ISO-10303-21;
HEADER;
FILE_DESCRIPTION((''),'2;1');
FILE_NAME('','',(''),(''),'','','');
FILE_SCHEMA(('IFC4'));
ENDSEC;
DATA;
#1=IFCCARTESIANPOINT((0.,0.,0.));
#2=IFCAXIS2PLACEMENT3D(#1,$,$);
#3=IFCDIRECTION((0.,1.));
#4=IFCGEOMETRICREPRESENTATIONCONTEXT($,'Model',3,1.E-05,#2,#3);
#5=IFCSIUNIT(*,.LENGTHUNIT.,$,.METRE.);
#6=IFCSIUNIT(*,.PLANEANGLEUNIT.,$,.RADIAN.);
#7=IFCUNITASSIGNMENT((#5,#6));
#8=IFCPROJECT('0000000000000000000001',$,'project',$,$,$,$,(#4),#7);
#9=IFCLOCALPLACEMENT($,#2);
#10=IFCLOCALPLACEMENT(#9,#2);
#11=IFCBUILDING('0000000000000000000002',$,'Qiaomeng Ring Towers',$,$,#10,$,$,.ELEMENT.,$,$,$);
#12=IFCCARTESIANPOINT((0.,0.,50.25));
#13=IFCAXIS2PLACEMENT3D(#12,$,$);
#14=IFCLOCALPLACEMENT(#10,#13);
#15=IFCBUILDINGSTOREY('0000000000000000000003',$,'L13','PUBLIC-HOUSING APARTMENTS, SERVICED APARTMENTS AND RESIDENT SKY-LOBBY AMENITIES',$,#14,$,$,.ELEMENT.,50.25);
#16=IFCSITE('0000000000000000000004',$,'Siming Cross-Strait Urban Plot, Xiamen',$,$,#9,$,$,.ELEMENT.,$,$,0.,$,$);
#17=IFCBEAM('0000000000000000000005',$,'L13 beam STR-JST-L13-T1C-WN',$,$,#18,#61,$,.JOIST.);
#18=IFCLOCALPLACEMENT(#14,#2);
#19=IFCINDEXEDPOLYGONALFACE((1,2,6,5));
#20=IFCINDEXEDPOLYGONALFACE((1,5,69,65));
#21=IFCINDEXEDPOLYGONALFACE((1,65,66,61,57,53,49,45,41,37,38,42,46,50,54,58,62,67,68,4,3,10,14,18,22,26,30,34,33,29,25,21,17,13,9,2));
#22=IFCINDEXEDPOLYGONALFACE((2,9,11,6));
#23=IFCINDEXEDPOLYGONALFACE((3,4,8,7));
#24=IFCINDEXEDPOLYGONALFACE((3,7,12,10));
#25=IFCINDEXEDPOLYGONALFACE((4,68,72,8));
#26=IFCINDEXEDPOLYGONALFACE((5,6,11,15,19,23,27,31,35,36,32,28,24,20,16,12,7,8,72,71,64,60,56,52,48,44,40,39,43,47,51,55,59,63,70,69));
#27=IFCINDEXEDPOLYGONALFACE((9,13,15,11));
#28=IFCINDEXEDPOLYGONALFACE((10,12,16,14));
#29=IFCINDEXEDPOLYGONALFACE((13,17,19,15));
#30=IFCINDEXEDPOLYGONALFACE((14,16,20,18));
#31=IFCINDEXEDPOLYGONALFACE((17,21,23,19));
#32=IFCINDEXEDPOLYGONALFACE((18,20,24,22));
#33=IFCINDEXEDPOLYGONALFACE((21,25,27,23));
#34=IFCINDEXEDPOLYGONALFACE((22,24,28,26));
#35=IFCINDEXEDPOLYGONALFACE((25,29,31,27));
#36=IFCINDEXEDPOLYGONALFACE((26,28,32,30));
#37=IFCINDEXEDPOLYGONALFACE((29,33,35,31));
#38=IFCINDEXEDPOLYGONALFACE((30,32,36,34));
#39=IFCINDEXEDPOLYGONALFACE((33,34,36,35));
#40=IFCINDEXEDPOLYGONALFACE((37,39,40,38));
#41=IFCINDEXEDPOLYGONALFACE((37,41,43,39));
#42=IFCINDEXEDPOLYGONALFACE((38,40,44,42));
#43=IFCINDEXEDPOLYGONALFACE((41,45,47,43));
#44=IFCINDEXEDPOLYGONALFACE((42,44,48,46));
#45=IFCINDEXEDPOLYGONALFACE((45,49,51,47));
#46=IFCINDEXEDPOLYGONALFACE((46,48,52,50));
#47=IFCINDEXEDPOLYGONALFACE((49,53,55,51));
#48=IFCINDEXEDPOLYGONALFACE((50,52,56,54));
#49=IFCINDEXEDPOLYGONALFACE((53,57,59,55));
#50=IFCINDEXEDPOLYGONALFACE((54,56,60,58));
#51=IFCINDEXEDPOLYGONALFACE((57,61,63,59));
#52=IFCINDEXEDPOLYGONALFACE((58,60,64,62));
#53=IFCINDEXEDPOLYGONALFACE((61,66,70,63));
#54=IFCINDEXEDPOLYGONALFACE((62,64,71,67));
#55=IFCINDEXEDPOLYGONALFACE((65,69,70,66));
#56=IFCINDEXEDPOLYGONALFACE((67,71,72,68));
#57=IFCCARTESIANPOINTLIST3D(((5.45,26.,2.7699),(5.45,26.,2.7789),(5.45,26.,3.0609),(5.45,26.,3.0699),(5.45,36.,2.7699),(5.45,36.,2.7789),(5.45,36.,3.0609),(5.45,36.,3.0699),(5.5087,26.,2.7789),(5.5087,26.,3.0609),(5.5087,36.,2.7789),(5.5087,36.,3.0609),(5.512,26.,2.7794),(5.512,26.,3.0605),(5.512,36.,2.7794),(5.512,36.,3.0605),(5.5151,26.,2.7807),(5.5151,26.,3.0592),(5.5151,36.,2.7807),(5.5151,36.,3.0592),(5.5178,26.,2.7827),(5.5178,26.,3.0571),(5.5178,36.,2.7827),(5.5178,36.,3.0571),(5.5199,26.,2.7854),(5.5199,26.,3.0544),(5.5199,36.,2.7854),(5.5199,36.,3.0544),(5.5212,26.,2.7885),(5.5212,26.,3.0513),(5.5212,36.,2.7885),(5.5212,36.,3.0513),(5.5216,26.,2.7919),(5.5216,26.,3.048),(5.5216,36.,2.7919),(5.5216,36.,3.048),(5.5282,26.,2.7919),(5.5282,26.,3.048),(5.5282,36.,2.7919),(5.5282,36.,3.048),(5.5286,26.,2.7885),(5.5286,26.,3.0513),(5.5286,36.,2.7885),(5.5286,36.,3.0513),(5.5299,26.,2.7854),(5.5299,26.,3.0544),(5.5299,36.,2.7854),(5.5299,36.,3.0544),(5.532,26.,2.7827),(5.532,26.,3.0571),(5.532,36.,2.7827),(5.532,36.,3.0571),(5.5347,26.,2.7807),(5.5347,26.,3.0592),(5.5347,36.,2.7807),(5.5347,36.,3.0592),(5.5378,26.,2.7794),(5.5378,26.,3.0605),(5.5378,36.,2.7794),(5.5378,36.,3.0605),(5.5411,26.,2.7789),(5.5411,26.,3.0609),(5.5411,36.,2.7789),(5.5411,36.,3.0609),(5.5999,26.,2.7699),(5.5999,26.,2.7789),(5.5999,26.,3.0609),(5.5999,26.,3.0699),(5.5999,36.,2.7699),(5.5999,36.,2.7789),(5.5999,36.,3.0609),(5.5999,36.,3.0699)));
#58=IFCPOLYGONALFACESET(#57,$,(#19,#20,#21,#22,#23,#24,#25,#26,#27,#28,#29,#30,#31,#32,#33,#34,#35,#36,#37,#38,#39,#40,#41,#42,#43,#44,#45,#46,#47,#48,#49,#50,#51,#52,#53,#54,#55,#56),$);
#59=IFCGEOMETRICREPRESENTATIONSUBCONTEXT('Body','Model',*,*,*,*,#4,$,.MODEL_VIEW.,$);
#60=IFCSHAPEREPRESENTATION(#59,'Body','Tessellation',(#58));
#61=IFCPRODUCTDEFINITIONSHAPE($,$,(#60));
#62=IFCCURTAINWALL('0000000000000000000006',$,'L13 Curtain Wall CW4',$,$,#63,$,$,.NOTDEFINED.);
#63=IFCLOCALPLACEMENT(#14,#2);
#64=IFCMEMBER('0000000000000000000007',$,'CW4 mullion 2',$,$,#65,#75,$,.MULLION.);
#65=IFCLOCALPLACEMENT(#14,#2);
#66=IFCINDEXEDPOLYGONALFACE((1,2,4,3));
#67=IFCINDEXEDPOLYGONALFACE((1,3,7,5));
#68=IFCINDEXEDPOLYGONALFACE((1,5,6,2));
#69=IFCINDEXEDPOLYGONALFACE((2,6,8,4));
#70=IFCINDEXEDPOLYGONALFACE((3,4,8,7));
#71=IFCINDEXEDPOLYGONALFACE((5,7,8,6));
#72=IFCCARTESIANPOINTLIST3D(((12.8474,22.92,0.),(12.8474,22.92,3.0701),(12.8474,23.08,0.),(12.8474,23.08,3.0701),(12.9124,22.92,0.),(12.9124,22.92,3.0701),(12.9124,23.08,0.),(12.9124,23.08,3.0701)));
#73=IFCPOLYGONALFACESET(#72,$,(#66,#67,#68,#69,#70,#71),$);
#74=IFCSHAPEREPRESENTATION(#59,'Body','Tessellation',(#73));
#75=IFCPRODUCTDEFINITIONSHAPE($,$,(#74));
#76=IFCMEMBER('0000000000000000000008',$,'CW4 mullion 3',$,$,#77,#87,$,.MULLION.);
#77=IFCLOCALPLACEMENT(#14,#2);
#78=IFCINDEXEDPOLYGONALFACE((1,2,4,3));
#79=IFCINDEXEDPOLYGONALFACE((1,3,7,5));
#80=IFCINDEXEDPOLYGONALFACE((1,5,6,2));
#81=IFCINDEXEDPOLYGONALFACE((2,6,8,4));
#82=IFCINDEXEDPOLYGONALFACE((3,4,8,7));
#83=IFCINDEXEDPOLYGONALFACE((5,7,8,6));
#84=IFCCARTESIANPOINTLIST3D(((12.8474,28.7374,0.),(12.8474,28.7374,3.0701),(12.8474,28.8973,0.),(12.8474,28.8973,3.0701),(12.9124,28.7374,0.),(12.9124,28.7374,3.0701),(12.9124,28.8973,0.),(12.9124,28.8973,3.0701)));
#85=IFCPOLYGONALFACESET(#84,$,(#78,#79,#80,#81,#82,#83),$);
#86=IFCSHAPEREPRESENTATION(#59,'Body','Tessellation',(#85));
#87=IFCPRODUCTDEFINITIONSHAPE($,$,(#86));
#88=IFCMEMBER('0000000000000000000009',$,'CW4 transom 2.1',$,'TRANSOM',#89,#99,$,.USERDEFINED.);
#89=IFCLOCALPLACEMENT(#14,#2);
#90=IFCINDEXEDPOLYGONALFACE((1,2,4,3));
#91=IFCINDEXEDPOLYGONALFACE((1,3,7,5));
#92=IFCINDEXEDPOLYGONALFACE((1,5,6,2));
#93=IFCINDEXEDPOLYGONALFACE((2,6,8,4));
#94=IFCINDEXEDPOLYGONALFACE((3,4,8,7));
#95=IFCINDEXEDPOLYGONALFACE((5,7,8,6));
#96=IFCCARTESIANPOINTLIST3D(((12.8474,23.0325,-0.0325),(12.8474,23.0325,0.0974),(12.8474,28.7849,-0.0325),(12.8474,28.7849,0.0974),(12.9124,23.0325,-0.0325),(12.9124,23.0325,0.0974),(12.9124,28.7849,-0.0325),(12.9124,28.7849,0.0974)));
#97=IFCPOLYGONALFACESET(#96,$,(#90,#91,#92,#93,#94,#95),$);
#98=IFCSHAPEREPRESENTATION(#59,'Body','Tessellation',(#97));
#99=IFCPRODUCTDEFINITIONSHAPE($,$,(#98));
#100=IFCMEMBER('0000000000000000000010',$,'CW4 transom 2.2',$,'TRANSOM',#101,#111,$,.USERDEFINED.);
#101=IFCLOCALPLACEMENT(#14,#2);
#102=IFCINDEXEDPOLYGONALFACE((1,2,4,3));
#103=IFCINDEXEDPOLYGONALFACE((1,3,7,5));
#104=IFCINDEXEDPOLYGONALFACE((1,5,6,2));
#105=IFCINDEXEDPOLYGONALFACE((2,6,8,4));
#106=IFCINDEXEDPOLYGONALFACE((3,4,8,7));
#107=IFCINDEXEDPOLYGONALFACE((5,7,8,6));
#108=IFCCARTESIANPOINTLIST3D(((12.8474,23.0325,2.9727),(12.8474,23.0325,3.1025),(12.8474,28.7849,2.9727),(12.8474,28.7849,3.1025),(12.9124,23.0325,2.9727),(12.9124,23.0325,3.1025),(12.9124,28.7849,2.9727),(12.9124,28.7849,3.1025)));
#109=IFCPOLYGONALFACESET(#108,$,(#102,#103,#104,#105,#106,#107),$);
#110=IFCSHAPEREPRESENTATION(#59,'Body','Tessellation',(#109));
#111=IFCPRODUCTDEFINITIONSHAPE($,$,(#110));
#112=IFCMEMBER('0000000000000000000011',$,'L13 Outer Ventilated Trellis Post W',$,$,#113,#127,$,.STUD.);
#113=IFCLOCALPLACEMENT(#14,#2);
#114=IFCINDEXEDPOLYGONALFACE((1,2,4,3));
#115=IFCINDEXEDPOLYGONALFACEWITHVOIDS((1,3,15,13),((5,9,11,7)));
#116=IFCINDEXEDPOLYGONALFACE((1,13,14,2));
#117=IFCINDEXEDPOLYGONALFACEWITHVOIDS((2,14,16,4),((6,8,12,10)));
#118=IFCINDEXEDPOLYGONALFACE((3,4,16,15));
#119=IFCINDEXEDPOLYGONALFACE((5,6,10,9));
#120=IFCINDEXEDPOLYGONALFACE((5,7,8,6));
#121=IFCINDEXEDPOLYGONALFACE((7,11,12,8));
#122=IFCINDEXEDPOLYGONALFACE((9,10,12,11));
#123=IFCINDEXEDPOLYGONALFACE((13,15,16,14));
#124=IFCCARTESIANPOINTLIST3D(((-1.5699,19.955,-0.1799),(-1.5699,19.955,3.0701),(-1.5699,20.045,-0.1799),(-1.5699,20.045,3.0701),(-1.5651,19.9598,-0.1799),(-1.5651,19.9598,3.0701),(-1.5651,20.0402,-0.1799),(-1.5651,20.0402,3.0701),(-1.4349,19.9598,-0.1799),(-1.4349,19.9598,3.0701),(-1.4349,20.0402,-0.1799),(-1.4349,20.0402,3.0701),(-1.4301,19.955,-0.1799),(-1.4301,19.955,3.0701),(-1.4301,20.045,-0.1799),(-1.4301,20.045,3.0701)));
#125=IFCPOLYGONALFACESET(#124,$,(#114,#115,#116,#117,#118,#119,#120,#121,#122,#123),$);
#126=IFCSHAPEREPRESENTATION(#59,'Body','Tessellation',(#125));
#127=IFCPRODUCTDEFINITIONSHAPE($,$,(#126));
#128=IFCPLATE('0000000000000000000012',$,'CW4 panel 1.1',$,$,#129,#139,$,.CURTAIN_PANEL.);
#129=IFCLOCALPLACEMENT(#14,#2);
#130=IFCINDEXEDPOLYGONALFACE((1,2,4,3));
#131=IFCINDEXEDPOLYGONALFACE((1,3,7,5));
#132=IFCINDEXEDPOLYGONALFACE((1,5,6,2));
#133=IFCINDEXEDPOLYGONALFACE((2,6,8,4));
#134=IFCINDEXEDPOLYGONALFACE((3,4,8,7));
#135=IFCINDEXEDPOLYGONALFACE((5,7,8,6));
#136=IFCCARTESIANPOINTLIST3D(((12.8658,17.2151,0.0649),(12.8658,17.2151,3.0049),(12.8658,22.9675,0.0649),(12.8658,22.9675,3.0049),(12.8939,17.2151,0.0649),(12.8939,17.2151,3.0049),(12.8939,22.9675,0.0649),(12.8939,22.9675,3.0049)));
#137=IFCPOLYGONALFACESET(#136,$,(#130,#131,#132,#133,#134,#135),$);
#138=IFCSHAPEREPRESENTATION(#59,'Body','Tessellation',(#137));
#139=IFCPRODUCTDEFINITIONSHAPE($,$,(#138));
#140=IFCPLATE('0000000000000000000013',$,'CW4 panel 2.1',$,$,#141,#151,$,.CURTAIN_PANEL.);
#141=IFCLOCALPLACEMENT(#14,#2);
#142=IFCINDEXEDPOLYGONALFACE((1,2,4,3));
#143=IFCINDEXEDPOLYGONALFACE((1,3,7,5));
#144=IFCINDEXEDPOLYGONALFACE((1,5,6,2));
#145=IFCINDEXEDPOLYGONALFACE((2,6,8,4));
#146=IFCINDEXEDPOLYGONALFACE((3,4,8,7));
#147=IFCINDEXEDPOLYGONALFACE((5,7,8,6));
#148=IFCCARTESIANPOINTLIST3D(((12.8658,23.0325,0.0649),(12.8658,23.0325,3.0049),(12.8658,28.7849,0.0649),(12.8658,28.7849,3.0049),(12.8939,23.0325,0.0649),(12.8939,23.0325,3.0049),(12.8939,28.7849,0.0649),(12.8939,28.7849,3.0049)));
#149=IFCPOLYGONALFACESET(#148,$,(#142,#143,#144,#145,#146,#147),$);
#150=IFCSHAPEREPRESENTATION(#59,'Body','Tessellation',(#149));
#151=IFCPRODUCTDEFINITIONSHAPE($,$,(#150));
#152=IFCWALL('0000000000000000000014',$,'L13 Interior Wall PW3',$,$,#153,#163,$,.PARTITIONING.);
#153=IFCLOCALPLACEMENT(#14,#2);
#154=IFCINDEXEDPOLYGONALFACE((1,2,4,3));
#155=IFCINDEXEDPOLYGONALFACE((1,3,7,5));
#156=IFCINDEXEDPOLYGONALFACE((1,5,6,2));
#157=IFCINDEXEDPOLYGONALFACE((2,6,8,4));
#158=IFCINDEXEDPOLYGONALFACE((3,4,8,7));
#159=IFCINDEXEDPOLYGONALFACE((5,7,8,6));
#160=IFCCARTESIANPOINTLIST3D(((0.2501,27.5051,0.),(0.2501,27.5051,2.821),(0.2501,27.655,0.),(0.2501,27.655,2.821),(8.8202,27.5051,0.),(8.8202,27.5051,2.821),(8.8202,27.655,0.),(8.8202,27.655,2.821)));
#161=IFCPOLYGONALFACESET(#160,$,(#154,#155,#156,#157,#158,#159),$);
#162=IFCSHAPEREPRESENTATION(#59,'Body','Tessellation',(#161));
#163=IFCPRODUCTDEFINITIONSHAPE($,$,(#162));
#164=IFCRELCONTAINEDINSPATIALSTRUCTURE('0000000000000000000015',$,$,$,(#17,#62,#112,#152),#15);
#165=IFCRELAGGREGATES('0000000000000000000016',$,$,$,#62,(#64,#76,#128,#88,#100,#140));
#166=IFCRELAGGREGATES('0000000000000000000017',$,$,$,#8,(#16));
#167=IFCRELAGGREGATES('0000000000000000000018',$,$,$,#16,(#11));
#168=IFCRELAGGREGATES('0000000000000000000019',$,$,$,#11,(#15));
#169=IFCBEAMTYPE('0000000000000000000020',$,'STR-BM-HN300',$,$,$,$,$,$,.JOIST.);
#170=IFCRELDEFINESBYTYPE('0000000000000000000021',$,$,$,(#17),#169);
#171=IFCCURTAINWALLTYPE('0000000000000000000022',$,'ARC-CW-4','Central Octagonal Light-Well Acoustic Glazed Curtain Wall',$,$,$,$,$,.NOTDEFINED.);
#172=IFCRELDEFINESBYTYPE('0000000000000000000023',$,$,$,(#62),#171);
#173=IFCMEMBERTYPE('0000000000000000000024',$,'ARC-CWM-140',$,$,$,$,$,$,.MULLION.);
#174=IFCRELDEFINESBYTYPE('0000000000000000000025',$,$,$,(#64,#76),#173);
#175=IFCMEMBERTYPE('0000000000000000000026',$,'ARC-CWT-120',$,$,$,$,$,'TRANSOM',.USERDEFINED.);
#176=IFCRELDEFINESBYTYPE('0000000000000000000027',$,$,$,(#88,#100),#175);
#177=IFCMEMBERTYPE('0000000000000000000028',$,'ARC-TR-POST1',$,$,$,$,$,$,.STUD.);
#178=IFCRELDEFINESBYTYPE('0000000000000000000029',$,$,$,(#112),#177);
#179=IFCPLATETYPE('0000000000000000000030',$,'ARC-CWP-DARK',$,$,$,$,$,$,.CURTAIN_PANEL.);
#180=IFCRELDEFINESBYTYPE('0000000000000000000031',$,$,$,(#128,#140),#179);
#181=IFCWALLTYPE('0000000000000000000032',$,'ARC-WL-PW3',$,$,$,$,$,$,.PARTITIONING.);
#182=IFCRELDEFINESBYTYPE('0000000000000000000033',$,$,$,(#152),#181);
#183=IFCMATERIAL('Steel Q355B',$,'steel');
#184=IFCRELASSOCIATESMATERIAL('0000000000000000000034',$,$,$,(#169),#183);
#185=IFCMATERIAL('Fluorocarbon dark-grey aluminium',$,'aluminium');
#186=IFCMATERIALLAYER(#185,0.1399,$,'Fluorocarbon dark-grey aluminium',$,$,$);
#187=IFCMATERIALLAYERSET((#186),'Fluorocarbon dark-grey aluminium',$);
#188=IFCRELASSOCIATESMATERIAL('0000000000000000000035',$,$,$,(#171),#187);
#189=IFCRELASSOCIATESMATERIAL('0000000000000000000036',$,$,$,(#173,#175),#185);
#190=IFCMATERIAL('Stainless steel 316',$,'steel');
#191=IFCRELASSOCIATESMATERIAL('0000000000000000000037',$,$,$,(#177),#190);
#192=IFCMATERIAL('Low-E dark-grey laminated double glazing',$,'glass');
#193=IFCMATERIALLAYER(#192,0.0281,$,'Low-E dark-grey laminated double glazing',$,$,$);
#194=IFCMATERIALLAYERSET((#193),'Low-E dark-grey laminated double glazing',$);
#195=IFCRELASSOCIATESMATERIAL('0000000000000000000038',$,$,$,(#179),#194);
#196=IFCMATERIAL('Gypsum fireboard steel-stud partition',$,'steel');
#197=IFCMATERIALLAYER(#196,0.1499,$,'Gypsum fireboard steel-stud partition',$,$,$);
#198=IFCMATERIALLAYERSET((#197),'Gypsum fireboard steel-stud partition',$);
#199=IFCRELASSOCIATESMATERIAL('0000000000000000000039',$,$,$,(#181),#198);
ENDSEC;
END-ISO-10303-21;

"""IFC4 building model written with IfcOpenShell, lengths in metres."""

from ifc_helpers import new_model, si_unit, direction, frame, frame_2d, origin, origin_2d, place, context, subcontext, project, spatial, rectangle, hollow_rectangle, i_section, extrude, source, transform, mapped, material, layer, layer_set, material_profile, profile_set, type_object, element, aggregate, save


model = new_model("IFC4")

# Units and contexts
model_context = context("Model", 3, precision=1e-05, world=origin(), true_north=direction((0.0, 1.0)))
body_context = subcontext(model_context, "Body", "Model", "MODEL_VIEW")
ifc_project = project(units=[si_unit("LENGTHUNIT", "METRE"), si_unit("PLANEANGLEUNIT", "RADIAN")], contexts=[model_context])

# Site, building, storey
site_placement = place(None, origin())
site = spatial("IfcSite", under=ifc_project, at=site_placement, Name="Siming Cross-Strait Urban Plot, Xiamen", CompositionType="ELEMENT", RefElevation=0.0)
building_placement = place(site_placement, origin())
building = spatial("IfcBuilding", under=site, at=building_placement, Name="Qiaomeng Ring Towers", CompositionType="ELEMENT")
storey_placement = place(building_placement, frame((0.0, 0.0, 50.25)))
storey = spatial("IfcBuildingStorey", under=building, at=storey_placement, Name="L13", Description="PUBLIC-HOUSING APARTMENTS, SERVICED APARTMENTS AND RESIDENT SKY-LOBBY AMENITIES", CompositionType="ELEMENT", Elevation=50.25)

# Beam
ifc_material_1 = material(Name="Steel Q355B", Category="steel")
ifc_material_profile_1 = material_profile(ifc_material_1, i_section(OverallWidth=0.1499, OverallDepth=0.3, WebThickness=0.0066, FlangeThickness=0.009, FilletRadius=0.0129, at=origin_2d()), Name="HN 300x150x6.5x9")
ifc_profile_set_1 = profile_set([ifc_material_profile_1], Name="Steel Q355B")
beam_type_1 = type_object("IfcBeamType", Name="STR-BM-HN300", PredefinedType="JOIST", material=ifc_profile_set_1)
shared_shape_1 = source(origin(), body_context, "Body", "SweptSolid", [
    extrude(i_section(OverallWidth=0.1499, OverallDepth=0.3, WebThickness=0.0066, FlangeThickness=0.009, FilletRadius=0.0129, at=origin_2d()), origin(), (0.0, 0.0, 1.0), 10.0),
])
beam_1_placement = place(storey_placement, frame((5.5249, 26.0, 2.9199), z_axis=(0.0, 1.0, 0.0), x_axis=(-1.0, 0.0, 0.0)))
element("IfcBeam", 1, at=beam_1_placement, inside=storey, type_object=beam_type_1, Name="L13 beam STR-JST-L13-T1C-WN", PredefinedType="JOIST", context=body_context, shape_type="MappedRepresentation", body=[
    mapped(shared_shape_1, transform((0.0, 0.0, 0.0), x_axis=(1.0, 0.0, 0.0), y_axis=(0.0, 1.0, 0.0), z_axis=(0.0, 0.0, 1.0), scale=1.0)),
])

# Curtain wall, members
ifc_material_2 = material(Name="Fluorocarbon dark-grey aluminium", Category="aluminium")
ifc_layer_1 = layer(ifc_material_2, 0.1399, Name="Fluorocarbon dark-grey aluminium")
ifc_layer_set_1 = layer_set([ifc_layer_1], Name="Fluorocarbon dark-grey aluminium")
curtain_wall_type = type_object("IfcCurtainWallType", Name="ARC-CW-4", Description="Central Octagonal Light-Well Acoustic Glazed Curtain Wall", PredefinedType="NOTDEFINED", material=ifc_layer_set_1)
curtain_wall_placement = place(storey_placement, origin())
curtain_wall = element("IfcCurtainWall", 2, at=curtain_wall_placement, inside=storey, type_object=curtain_wall_type, Name="L13 Curtain Wall CW4", PredefinedType="NOTDEFINED")
ifc_material_profile_2 = material_profile(ifc_material_2, rectangle(XDim=0.0649, YDim=0.1599, at=origin_2d()), Name="ALU MULL 65x160")
ifc_profile_set_2 = profile_set([ifc_material_profile_2], Name="Fluorocarbon dark-grey aluminium")
member_type_1 = type_object("IfcMemberType", Name="ARC-CWM-140", PredefinedType="MULLION", material=ifc_profile_set_2)
shared_shape_2 = source(origin(), body_context, "Body", "SweptSolid", [
    extrude(rectangle(XDim=0.0649, YDim=0.1599, at=origin_2d()), origin(), (0.0, 0.0, 1.0), 3.0701),
])
member_1_placement = place(storey_placement, frame((12.8799, 23.0, 0.0), z_axis=(0.0, 0.0, 1.0), x_axis=(-1.0, 0.0, 0.0)))
member_1 = element("IfcMember", 3, at=member_1_placement, type_object=member_type_1, Name="CW4 mullion 2", PredefinedType="MULLION", context=body_context, shape_type="MappedRepresentation", body=[
    mapped(shared_shape_2, transform((0.0, 0.0, 0.0), x_axis=(1.0, 0.0, 0.0), y_axis=(0.0, 1.0, 0.0), z_axis=(0.0, 0.0, 1.0), scale=1.0)),
])
member_2_placement = place(storey_placement, frame((12.8799, 28.8174, 0.0), z_axis=(0.0, 0.0, 1.0), x_axis=(-1.0, 0.0, 0.0)))
member_2 = element("IfcMember", 4, at=member_2_placement, type_object=member_type_1, Name="CW4 mullion 3", PredefinedType="MULLION", context=body_context, shape_type="MappedRepresentation", body=[
    mapped(shared_shape_2, transform((0.0, 0.0, 0.0), x_axis=(1.0, 0.0, 0.0), y_axis=(0.0, 1.0, 0.0), z_axis=(0.0, 0.0, 1.0), scale=1.0)),
])
ifc_material_profile_3 = material_profile(ifc_material_2, rectangle(XDim=0.0649, YDim=0.1299, at=origin_2d()), Name="ALU TRAN 65x130")
ifc_profile_set_3 = profile_set([ifc_material_profile_3], Name="Fluorocarbon dark-grey aluminium")
member_type_2 = type_object("IfcMemberType", Name="ARC-CWT-120", ElementType="TRANSOM", PredefinedType="USERDEFINED", material=ifc_profile_set_3)
shared_shape_3 = source(origin(), body_context, "Body", "SweptSolid", [
    extrude(rectangle(XDim=0.0649, YDim=0.1299, at=origin_2d()), origin(), (0.0, 0.0, 1.0), 5.7524),
])
member_3_placement = place(storey_placement, frame((12.8799, 23.0325, 0.0325), z_axis=(0.0, 1.0, 0.0), x_axis=(-1.0, 0.0, 0.0)))
member_3 = element("IfcMember", 5, at=member_3_placement, type_object=member_type_2, Name="CW4 transom 2.1", ObjectType="TRANSOM", PredefinedType="USERDEFINED", context=body_context, shape_type="MappedRepresentation", body=[
    mapped(shared_shape_3, transform((0.0, 0.0, 0.0), x_axis=(1.0, 0.0, 0.0), y_axis=(0.0, 1.0, 0.0), z_axis=(0.0, 0.0, 1.0), scale=1.0)),
])
member_4_placement = place(storey_placement, frame((12.8799, 23.0325, 3.0376), z_axis=(0.0, 1.0, 0.0), x_axis=(-1.0, 0.0, 0.0)))
member_4 = element("IfcMember", 6, at=member_4_placement, type_object=member_type_2, Name="CW4 transom 2.2", ObjectType="TRANSOM", PredefinedType="USERDEFINED", context=body_context, shape_type="MappedRepresentation", body=[
    mapped(shared_shape_3, transform((0.0, 0.0, 0.0), x_axis=(1.0, 0.0, 0.0), y_axis=(0.0, 1.0, 0.0), z_axis=(0.0, 0.0, 1.0), scale=1.0)),
])

# Member
ifc_material_3 = material(Name="Stainless steel 316", Category="steel")
ifc_material_profile_4 = material_profile(ifc_material_3, hollow_rectangle(XDim=0.0901, YDim=0.1399, WallThickness=0.0049, at=origin_2d()), Name="SS TRELLIS 90x140")
ifc_profile_set_4 = profile_set([ifc_material_profile_4], Name="Stainless steel 316")
member_type_3 = type_object("IfcMemberType", Name="ARC-TR-POST1", PredefinedType="STUD", material=ifc_profile_set_4)
shared_shape_4 = source(origin(), body_context, "Body", "SweptSolid", [
    extrude(hollow_rectangle(XDim=0.0901, YDim=0.1399, WallThickness=0.0049, at=origin_2d()), origin(), (0.0, 0.0, 1.0), 3.25),
])
member_5_placement = place(storey_placement, frame((-1.5, 20.0, -0.1799), z_axis=(0.0, 0.0, 1.0), x_axis=(0.0, 1.0, 0.0)))
element("IfcMember", 7, at=member_5_placement, inside=storey, type_object=member_type_3, Name="L13 Outer Ventilated Trellis Post W", PredefinedType="STUD", context=body_context, shape_type="MappedRepresentation", body=[
    mapped(shared_shape_4, transform((0.0, 0.0, 0.0), x_axis=(1.0, 0.0, 0.0), y_axis=(0.0, 1.0, 0.0), z_axis=(0.0, 0.0, 1.0), scale=1.0)),
])

# Plates
ifc_material_4 = material(Name="Low-E dark-grey laminated double glazing", Category="glass")
ifc_layer_2 = layer(ifc_material_4, 0.0281, Name="Low-E dark-grey laminated double glazing")
ifc_layer_set_2 = layer_set([ifc_layer_2], Name="Low-E dark-grey laminated double glazing")
plate_type = type_object("IfcPlateType", Name="ARC-CWP-DARK", PredefinedType="CURTAIN_PANEL", material=ifc_layer_set_2)
shared_shape_5 = source(origin(), body_context, "Body", "SweptSolid", [
    extrude(rectangle(XDim=5.7524, YDim=0.0281, at=origin_2d()), origin(), (0.0, 0.0, 1.0), 2.9399),
])
plate_1_placement = place(storey_placement, frame((12.8799, 20.0913, 0.0649), z_axis=(0.0, 0.0, 1.0), x_axis=(0.0, 1.0, 0.0)))
plate_1 = element("IfcPlate", 8, at=plate_1_placement, type_object=plate_type, Name="CW4 panel 1.1", PredefinedType="CURTAIN_PANEL", context=body_context, shape_type="MappedRepresentation", body=[
    mapped(shared_shape_5, transform((0.0, 0.0, 0.0), x_axis=(1.0, 0.0, 0.0), y_axis=(0.0, 1.0, 0.0), z_axis=(0.0, 0.0, 1.0), scale=1.0)),
])
plate_2_placement = place(storey_placement, frame((12.8799, 25.9087, 0.0649), z_axis=(0.0, 0.0, 1.0), x_axis=(0.0, 1.0, 0.0)))
plate_2 = element("IfcPlate", 9, at=plate_2_placement, type_object=plate_type, Name="CW4 panel 2.1", PredefinedType="CURTAIN_PANEL", context=body_context, shape_type="MappedRepresentation", body=[
    mapped(shared_shape_5, transform((0.0, 0.0, 0.0), x_axis=(1.0, 0.0, 0.0), y_axis=(0.0, 1.0, 0.0), z_axis=(0.0, 0.0, 1.0), scale=1.0)),
])
aggregate(curtain_wall, [member_1, member_2, plate_1, member_3, member_4, plate_2])

# Wall
ifc_material_5 = material(Name="Gypsum fireboard steel-stud partition", Category="steel")
ifc_layer_3 = layer(ifc_material_5, 0.1499, Name="Gypsum fireboard steel-stud partition")
ifc_layer_set_3 = layer_set([ifc_layer_3], Name="Gypsum fireboard steel-stud partition")
wall_type_1 = type_object("IfcWallType", Name="ARC-WL-PW3", PredefinedType="PARTITIONING", material=ifc_layer_set_3)
wall_1_placement = place(storey_placement, frame((0.25, 27.5801, 0.0), z_axis=(0.0, 0.0, 1.0), x_axis=(1.0, 0.0, 0.0)))
element("IfcWall", 10, at=wall_1_placement, inside=storey, type_object=wall_type_1, Name="L13 Interior Wall PW3", PredefinedType="PARTITIONING", context=body_context, shape_type="SweptSolid", body=[
    extrude(rectangle(XDim=8.5701, YDim=0.1499, at=frame_2d((4.2852, 0.0))), origin(), (0.0, 0.0, 1.0), 2.821),
])

save(model, "model.ifc")
